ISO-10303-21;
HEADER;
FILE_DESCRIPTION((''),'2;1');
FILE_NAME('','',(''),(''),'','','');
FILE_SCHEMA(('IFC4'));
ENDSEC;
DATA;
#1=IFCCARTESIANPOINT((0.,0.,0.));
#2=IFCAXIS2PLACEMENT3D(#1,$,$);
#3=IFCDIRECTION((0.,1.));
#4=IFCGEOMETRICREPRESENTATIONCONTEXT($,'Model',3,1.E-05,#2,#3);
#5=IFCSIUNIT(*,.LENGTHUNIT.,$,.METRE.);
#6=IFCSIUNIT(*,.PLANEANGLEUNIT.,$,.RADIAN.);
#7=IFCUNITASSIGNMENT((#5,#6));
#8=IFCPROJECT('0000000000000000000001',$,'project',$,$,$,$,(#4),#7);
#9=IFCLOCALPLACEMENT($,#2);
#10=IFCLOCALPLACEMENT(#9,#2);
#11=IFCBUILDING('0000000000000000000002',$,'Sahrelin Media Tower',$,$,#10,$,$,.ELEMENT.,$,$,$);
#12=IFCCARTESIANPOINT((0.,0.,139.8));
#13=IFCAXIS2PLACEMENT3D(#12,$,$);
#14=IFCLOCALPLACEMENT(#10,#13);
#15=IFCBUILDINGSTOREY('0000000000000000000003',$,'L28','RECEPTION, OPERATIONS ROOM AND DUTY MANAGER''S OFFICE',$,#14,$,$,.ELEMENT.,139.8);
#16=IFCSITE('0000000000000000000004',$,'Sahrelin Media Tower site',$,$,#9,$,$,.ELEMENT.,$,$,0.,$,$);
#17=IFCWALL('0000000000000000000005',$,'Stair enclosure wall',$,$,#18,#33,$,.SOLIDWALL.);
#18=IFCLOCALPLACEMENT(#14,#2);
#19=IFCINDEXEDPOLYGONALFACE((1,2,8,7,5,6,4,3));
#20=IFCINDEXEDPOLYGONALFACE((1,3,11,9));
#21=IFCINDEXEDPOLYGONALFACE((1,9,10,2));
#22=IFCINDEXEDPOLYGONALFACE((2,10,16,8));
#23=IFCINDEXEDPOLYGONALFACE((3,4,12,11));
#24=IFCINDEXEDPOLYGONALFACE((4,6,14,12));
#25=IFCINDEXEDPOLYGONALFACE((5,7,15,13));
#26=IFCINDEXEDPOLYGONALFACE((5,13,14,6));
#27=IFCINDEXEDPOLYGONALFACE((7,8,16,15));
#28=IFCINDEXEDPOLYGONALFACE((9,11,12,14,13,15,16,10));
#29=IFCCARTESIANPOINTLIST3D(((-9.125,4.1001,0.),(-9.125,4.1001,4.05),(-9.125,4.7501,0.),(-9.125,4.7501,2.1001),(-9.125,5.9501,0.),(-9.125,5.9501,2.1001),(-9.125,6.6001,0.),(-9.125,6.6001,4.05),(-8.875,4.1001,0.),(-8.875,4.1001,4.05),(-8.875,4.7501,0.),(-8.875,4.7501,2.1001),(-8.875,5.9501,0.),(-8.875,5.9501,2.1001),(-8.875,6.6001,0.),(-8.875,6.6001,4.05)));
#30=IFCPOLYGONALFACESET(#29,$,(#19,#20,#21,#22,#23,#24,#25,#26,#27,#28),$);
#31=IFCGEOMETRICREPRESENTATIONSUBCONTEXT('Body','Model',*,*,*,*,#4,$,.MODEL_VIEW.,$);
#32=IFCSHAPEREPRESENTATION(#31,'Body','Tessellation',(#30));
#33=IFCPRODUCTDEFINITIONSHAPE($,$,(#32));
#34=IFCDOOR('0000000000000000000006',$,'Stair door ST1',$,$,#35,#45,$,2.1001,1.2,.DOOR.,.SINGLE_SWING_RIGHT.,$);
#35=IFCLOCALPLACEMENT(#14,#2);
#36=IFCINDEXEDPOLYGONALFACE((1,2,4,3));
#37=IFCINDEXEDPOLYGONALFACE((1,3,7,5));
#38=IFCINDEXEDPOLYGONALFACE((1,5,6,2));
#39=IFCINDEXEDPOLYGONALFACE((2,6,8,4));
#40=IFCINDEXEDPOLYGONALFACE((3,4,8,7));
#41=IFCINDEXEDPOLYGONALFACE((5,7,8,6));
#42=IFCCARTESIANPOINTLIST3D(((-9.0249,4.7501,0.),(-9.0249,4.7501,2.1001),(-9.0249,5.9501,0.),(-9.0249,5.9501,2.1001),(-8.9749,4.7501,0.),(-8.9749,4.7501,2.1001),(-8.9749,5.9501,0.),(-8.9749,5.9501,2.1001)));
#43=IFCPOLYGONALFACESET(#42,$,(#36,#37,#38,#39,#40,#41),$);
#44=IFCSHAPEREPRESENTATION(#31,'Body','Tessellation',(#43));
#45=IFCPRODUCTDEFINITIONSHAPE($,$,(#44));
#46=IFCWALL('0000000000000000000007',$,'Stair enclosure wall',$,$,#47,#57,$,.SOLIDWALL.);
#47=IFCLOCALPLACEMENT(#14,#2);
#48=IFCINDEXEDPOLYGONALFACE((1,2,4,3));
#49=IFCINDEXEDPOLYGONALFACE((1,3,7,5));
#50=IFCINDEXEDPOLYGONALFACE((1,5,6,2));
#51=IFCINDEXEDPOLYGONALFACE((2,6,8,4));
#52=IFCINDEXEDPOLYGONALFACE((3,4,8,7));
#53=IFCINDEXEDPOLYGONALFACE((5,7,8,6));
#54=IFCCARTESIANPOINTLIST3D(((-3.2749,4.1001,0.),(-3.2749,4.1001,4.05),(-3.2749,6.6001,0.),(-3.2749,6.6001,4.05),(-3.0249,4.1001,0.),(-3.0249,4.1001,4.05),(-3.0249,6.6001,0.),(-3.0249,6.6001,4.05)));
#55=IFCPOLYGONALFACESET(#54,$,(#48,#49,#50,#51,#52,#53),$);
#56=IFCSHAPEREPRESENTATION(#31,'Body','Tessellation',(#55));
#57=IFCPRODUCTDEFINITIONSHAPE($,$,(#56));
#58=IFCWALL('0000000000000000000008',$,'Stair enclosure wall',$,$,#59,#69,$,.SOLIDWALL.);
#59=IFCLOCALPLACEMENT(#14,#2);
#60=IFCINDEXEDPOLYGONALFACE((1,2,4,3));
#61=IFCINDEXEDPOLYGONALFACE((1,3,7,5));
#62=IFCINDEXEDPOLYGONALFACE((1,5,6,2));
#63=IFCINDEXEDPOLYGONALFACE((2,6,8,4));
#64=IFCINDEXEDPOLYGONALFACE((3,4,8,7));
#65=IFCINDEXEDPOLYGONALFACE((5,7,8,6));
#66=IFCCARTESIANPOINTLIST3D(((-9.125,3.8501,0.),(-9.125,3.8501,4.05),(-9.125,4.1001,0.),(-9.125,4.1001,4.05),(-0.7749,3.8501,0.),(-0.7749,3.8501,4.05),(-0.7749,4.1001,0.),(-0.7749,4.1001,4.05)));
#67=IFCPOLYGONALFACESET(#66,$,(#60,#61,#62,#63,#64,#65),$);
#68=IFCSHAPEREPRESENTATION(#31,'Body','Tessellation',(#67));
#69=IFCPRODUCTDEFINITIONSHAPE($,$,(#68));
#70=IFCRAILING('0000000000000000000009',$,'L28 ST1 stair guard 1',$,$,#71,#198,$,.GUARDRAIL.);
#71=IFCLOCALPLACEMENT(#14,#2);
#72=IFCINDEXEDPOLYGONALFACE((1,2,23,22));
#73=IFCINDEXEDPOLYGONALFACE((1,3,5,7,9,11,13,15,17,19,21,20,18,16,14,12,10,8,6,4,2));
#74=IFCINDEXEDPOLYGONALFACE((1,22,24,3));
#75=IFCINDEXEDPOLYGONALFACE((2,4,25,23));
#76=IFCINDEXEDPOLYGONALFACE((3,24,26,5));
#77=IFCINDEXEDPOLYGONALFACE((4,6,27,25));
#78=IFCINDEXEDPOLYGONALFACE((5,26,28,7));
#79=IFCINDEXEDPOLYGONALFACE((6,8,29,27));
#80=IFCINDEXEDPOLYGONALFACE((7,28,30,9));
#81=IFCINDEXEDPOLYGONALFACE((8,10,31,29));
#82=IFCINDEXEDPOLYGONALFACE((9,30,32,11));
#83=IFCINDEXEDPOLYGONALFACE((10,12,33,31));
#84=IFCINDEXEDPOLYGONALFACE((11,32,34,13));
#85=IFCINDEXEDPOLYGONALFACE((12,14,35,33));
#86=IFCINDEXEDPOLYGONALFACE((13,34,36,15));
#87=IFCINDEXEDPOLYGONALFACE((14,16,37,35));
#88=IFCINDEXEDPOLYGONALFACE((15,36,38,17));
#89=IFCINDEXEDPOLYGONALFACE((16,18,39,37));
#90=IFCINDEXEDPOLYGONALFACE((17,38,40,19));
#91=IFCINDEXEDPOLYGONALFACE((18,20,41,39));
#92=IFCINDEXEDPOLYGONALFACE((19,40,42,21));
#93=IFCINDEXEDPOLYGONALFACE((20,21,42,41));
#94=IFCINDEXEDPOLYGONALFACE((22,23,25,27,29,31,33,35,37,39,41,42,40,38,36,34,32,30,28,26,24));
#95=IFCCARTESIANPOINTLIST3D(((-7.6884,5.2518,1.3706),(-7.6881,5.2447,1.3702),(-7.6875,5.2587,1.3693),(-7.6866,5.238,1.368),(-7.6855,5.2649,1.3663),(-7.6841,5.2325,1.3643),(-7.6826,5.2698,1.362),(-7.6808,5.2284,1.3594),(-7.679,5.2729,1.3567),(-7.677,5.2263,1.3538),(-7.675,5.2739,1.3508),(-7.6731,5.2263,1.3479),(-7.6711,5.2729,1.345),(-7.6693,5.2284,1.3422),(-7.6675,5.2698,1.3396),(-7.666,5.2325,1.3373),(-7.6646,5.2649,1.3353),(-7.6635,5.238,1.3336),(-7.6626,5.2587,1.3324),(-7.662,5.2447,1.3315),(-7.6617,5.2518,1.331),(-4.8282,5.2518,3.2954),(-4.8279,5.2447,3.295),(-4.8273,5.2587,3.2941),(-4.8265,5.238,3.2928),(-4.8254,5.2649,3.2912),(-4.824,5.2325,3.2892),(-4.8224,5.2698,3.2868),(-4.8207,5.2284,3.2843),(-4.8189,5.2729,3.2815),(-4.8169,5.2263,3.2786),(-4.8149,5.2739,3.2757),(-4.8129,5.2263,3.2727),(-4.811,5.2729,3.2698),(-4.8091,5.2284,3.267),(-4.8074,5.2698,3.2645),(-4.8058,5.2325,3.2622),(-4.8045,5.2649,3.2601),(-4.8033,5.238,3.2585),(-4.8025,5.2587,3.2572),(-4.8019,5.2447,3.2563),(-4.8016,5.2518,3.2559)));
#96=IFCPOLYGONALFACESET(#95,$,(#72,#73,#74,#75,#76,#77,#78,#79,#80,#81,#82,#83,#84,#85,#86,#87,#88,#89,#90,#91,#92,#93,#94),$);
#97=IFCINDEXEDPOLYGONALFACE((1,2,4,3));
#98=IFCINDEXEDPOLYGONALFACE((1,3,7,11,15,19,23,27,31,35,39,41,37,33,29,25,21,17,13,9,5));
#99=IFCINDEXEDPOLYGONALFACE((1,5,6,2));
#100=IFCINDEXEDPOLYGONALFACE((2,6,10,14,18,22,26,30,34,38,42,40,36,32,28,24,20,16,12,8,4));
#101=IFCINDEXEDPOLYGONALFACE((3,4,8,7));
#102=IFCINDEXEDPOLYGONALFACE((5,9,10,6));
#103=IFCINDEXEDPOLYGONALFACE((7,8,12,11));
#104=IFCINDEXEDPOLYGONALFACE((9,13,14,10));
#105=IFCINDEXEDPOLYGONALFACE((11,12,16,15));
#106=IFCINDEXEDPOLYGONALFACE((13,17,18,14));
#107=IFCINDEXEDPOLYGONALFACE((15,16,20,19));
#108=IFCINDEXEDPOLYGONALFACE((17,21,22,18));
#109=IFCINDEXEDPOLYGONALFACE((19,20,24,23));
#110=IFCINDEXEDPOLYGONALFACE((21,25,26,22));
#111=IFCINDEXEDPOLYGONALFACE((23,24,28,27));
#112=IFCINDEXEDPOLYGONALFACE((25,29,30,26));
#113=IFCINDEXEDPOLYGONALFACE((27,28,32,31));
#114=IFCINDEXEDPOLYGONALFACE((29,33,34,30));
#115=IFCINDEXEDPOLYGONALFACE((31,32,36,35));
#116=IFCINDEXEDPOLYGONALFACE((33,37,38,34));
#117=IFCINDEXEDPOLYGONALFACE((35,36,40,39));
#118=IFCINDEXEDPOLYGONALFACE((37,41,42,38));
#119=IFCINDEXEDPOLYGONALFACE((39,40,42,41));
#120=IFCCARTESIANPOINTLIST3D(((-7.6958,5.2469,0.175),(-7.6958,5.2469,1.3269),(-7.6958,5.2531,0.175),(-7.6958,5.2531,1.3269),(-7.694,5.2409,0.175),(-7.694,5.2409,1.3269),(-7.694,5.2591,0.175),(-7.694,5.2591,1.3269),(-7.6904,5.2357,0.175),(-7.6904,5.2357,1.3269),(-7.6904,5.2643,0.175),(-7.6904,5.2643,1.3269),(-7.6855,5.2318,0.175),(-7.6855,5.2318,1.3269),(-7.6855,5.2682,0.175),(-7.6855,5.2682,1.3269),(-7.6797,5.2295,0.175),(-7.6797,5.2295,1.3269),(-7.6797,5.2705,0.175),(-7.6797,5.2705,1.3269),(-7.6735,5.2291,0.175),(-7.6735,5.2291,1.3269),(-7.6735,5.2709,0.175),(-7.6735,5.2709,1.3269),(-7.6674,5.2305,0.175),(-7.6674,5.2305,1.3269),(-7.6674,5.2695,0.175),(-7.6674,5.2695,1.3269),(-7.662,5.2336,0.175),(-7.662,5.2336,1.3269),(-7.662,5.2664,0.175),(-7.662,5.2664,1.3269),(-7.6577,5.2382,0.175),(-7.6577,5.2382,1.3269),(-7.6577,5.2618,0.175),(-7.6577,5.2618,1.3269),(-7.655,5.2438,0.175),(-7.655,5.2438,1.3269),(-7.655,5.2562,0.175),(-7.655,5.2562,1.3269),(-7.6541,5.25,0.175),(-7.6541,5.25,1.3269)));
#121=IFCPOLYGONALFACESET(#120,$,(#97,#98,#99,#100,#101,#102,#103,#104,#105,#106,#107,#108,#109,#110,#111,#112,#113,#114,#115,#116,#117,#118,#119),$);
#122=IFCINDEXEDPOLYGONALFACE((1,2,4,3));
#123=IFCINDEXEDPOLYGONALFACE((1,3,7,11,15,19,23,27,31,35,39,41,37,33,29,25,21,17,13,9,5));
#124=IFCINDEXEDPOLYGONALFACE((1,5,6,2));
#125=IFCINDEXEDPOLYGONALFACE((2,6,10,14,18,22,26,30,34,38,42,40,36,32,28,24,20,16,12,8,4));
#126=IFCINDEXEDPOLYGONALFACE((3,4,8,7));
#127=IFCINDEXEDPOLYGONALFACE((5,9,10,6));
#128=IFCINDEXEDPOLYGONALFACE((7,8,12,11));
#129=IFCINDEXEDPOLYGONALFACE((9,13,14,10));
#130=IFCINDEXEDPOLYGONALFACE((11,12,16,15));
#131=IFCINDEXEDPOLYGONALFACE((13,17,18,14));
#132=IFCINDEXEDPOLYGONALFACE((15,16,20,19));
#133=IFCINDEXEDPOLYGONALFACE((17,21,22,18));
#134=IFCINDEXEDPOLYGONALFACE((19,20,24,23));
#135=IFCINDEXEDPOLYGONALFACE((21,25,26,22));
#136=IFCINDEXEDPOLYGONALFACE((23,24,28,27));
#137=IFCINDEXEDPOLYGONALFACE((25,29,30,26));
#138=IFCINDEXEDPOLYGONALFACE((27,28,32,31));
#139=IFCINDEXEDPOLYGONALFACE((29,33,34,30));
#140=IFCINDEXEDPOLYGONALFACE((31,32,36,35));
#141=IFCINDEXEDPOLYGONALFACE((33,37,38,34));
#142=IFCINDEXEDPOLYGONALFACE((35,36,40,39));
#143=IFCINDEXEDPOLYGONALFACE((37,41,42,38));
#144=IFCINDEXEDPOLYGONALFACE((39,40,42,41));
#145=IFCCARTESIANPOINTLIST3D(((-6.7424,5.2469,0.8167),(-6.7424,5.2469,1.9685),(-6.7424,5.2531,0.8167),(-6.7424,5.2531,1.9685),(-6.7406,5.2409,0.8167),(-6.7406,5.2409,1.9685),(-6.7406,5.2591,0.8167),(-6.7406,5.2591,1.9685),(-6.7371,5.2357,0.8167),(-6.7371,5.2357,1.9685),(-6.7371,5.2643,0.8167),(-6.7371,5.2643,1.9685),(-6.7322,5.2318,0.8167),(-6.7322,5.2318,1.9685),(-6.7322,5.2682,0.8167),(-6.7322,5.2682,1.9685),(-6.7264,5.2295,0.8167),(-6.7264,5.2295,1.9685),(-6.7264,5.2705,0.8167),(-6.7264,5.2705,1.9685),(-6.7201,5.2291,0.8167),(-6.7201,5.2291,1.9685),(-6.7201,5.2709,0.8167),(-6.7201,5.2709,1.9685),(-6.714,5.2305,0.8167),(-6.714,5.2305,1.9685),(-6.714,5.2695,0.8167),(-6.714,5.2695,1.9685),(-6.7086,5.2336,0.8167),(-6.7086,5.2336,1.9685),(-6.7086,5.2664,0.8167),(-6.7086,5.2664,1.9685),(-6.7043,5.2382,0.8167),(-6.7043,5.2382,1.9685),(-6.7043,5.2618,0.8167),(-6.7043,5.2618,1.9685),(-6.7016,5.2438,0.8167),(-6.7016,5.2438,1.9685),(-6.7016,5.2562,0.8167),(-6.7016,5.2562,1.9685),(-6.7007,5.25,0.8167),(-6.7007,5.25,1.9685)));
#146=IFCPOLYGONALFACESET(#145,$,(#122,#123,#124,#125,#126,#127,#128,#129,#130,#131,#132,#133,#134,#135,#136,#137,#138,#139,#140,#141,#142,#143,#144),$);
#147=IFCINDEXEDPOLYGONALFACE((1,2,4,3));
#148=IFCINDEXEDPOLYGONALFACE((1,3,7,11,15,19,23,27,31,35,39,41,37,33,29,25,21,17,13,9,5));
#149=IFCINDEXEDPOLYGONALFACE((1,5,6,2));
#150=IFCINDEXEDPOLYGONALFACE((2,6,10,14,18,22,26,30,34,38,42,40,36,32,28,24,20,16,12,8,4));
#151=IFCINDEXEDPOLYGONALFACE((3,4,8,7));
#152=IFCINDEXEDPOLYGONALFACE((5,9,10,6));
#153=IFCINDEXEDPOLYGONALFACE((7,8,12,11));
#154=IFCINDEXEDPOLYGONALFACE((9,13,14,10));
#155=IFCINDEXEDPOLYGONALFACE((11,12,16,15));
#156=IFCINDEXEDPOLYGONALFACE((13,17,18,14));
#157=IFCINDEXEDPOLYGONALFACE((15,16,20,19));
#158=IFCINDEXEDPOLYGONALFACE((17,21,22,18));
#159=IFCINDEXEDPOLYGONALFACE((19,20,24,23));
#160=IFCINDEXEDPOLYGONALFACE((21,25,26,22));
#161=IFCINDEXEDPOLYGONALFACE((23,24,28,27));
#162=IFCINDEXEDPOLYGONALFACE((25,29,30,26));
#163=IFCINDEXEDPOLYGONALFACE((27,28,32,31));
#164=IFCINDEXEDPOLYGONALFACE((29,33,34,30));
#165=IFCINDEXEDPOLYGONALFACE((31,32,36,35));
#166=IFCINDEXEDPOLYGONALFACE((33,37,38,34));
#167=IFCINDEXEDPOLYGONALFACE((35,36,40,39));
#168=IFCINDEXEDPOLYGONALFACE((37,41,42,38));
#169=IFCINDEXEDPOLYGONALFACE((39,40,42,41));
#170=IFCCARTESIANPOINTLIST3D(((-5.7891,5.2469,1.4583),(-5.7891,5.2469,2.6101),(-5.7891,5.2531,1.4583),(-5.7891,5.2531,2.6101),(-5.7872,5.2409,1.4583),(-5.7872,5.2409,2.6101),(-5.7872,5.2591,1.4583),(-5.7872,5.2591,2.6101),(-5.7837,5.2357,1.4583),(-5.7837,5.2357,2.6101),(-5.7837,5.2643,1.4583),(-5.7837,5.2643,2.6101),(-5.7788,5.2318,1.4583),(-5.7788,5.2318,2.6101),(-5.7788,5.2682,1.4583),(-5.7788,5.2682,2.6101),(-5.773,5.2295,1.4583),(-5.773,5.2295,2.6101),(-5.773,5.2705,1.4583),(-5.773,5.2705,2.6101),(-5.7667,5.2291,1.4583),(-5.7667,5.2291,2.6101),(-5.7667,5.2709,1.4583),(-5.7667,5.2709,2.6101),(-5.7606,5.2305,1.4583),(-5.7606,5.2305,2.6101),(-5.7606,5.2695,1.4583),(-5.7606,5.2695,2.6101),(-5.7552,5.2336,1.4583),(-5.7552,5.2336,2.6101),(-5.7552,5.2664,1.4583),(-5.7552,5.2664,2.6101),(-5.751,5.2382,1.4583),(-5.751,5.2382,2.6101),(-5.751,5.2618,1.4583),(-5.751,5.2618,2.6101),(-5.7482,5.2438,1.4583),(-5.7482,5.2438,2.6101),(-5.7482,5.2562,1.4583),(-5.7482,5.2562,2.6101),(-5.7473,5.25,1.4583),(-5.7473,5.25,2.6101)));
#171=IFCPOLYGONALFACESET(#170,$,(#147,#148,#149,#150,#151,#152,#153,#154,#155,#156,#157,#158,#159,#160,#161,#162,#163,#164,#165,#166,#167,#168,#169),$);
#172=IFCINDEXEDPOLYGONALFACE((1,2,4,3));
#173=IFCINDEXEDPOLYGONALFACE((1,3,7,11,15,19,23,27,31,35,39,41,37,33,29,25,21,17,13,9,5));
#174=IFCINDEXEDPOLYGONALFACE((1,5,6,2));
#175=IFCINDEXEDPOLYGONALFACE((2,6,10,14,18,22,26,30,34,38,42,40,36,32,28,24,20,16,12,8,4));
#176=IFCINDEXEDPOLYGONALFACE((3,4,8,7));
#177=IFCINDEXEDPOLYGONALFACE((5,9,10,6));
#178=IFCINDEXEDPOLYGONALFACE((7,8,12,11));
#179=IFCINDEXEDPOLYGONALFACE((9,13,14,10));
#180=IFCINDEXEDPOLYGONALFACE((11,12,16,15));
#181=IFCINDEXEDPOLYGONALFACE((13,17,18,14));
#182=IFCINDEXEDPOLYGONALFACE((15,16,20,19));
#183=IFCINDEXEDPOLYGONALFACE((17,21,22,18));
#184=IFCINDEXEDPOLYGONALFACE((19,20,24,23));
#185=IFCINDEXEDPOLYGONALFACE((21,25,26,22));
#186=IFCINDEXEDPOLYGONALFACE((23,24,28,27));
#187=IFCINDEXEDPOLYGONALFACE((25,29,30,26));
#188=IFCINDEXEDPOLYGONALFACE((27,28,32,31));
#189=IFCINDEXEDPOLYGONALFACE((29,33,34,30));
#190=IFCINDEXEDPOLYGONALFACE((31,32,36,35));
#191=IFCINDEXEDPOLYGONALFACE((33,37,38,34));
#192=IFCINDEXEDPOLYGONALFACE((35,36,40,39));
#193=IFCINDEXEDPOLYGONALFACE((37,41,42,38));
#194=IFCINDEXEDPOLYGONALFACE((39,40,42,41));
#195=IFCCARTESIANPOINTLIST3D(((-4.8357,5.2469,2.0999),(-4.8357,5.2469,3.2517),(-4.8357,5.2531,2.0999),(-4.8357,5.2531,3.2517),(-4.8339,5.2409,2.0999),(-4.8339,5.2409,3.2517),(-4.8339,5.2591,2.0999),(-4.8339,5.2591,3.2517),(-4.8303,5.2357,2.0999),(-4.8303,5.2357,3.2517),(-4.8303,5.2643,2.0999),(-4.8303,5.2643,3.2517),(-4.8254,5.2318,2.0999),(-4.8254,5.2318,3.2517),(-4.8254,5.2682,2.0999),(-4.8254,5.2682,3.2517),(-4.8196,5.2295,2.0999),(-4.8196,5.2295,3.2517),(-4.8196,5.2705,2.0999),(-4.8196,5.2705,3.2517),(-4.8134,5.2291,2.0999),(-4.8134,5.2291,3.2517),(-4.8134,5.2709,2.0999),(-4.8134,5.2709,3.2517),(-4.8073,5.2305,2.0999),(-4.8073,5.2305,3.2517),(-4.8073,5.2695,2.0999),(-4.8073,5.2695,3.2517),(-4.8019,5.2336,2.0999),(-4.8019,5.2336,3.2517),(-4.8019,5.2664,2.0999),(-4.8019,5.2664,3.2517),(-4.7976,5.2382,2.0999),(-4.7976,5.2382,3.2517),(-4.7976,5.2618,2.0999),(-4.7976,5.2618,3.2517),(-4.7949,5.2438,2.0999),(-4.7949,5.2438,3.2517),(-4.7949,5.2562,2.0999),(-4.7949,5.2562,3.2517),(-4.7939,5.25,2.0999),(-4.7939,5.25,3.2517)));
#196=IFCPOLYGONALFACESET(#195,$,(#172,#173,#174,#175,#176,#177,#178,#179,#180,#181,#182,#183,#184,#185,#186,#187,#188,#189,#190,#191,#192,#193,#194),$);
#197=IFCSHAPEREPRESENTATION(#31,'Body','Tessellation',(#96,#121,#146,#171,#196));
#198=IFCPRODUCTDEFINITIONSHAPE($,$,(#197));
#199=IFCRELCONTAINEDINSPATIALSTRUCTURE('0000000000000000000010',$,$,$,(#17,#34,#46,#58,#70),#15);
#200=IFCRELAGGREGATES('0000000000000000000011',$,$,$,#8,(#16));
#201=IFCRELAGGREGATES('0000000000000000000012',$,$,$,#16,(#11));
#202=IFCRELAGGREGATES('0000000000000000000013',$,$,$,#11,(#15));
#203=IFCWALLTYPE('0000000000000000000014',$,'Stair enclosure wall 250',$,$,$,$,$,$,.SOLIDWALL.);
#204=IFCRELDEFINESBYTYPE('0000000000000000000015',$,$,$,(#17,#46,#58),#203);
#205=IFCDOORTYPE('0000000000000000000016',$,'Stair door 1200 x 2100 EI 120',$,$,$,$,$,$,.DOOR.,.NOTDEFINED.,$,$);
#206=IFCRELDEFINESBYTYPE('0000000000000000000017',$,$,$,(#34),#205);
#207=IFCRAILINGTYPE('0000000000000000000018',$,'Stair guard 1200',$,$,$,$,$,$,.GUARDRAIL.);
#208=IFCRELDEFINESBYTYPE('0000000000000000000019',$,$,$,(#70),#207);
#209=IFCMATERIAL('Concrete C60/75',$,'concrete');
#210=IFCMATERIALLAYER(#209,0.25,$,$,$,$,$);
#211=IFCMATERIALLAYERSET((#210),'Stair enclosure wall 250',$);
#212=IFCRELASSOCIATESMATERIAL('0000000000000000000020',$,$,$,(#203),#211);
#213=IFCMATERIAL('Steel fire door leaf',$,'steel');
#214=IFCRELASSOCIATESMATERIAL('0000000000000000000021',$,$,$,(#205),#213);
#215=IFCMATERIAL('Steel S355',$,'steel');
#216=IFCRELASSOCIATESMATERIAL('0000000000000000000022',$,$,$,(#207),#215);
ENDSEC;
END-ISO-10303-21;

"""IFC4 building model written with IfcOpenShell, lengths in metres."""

from ifc_helpers import new_model, si_unit, direction, frame, frame_2d, origin, origin_2d, place, context, subcontext, project, spatial, rectangle, circle, extrude, material, layer, layer_set, type_object, element, fill, save


model = new_model("IFC4")

# Units and contexts
model_context = context("Model", 3, precision=1e-05, world=origin(), true_north=direction((0.0, 1.0)))
body_context = subcontext(model_context, "Body", "Model", "MODEL_VIEW")
ifc_project = project(units=[si_unit("LENGTHUNIT", "METRE"), si_unit("PLANEANGLEUNIT", "RADIAN")], contexts=[model_context])

# Site, building, storey
site_placement = place(None, origin())
site = spatial("IfcSite", under=ifc_project, at=site_placement, Name="Sahrelin Media Tower site", CompositionType="ELEMENT", RefElevation=0.0)
building_placement = place(site_placement, origin())
building = spatial("IfcBuilding", under=site, at=building_placement, Name="Sahrelin Media Tower", CompositionType="ELEMENT")
storey_placement = place(building_placement, frame((0.0, 0.0, 139.8)))
storey = spatial("IfcBuildingStorey", under=building, at=storey_placement, Name="L28", Description="RECEPTION, OPERATIONS ROOM AND DUTY MANAGER'S OFFICE", CompositionType="ELEMENT", Elevation=139.8)

# Shared definitions
ifc_material_1 = material(Name="Steel S355", Category="steel")

# Shared definitions
ifc_material_2 = material(Name="Concrete C60/75", Category="concrete")

# Shared definitions
ifc_material_3 = material(Name="Steel fire door leaf", Category="steel")

# Wall, opening, door
ifc_layer_1 = layer(ifc_material_2, 0.25)
ifc_layer_set_1 = layer_set([ifc_layer_1], Name="Stair enclosure wall 250")
wall_type_1 = type_object("IfcWallType", Name="Stair enclosure wall 250", PredefinedType="SOLIDWALL", material=ifc_layer_set_1)
wall_1_placement = place(storey_placement, frame((-9.0, 4.1001, 0.0), z_axis=(0.0, 0.0, 1.0), x_axis=(0.0, 1.0, 0.0)))
wall_1 = element("IfcWall", 1, at=wall_1_placement, inside=storey, type_object=wall_type_1, Name="Stair enclosure wall", PredefinedType="SOLIDWALL", context=body_context, shape_type="SweptSolid", body=[
    extrude(rectangle(XDim=2.5, YDim=0.25, at=frame_2d((1.25, 0.0))), origin(), (0.0, 0.0, 1.0), 4.05),
])
opening_1_placement = place(wall_1_placement, frame((0.6499, 0.0, 0.0)))
opening_1 = element("IfcOpeningElement", 2, at=opening_1_placement, cuts=wall_1, PredefinedType="OPENING", context=body_context, shape_type="SweptSolid", body=[
    extrude(rectangle(XDim=1.2, YDim=2.1001, at=frame_2d((0.6001, 1.05))), frame((0.0, 0.125, 0.0), z_axis=(0.0, -1.0, 0.0), x_axis=(1.0, 0.0, 0.0)), (0.0, 0.0, 1.0), 0.25),
])
door_type_1 = type_object("IfcDoorType", Name="Stair door 1200 x 2100 EI 120", OperationType="NOTDEFINED", PredefinedType="DOOR", material=ifc_material_3)
door_1_placement = place(opening_1_placement, origin())
door_1 = element("IfcDoor", 3, at=door_1_placement, inside=storey, type_object=door_type_1, Name="Stair door ST1", OperationType="SINGLE_SWING_RIGHT", OverallHeight=2.1001, OverallWidth=1.2, PredefinedType="DOOR", context=body_context, shape_type="SweptSolid", body=[
    extrude(rectangle(XDim=1.2, YDim=2.1001, at=frame_2d((0.6001, 1.05))), frame((0.0, 0.0249, 0.0), z_axis=(0.0, -1.0, 0.0), x_axis=(1.0, 0.0, 0.0)), (0.0, 0.0, 1.0), 0.05),
])
fill(opening_1, door_1)

# Walls
wall_2_placement = place(storey_placement, frame((-3.1499, 4.1001, 0.0), z_axis=(0.0, 0.0, 1.0), x_axis=(0.0, 1.0, 0.0)))
element("IfcWall", 4, at=wall_2_placement, inside=storey, type_object=wall_type_1, Name="Stair enclosure wall", PredefinedType="SOLIDWALL", context=body_context, shape_type="SweptSolid", body=[
    extrude(rectangle(XDim=2.5, YDim=0.25, at=frame_2d((1.25, 0.0))), origin(), (0.0, 0.0, 1.0), 4.05),
])
wall_3_placement = place(storey_placement, frame((-9.125, 3.9751, 0.0), z_axis=(0.0, 0.0, 1.0), x_axis=(1.0, 0.0, 0.0)))
element("IfcWall", 5, at=wall_3_placement, inside=storey, type_object=wall_type_1, Name="Stair enclosure wall", PredefinedType="SOLIDWALL", context=body_context, shape_type="SweptSolid", body=[
    extrude(rectangle(XDim=8.3501, YDim=0.25, at=frame_2d((4.175, 0.0))), origin(), (0.0, 0.0, 1.0), 4.05),
])

# Railing
railing_type_1 = type_object("IfcRailingType", Name="Stair guard 1200", PredefinedType="GUARDRAIL", material=ifc_material_1)
railing_1_placement = place(storey_placement, frame((-7.675, 5.25, 0.175)))
element("IfcRailing", 6, at=railing_1_placement, inside=storey, type_object=railing_type_1, Name="L28 ST1 stair guard 1", PredefinedType="GUARDRAIL", context=body_context, shape_type="SweptSolid", body=[
    extrude(circle(Radius=0.0239, at=origin_2d()), frame((0.0, 0.0, 1.1758), z_axis=(0.829624, 0.0, 0.558323), x_axis=(0.0, 1.0, 0.0)), (0.0, 0.0, 1.0), 3.4475),
    extrude(circle(Radius=0.021, at=origin_2d()), origin(), (0.0, 0.0, 1.0), 1.1519),
    extrude(circle(Radius=0.021, at=origin_2d()), frame((0.9534, 0.0, 0.6416)), (0.0, 0.0, 1.0), 1.1519),
    extrude(circle(Radius=0.021, at=origin_2d()), frame((1.9067, 0.0, 1.2832)), (0.0, 0.0, 1.0), 1.1519),
    extrude(circle(Radius=0.021, at=origin_2d()), frame((2.8601, 0.0, 1.9248)), (0.0, 0.0, 1.0), 1.1519),
])

save(model, "model.ifc")
